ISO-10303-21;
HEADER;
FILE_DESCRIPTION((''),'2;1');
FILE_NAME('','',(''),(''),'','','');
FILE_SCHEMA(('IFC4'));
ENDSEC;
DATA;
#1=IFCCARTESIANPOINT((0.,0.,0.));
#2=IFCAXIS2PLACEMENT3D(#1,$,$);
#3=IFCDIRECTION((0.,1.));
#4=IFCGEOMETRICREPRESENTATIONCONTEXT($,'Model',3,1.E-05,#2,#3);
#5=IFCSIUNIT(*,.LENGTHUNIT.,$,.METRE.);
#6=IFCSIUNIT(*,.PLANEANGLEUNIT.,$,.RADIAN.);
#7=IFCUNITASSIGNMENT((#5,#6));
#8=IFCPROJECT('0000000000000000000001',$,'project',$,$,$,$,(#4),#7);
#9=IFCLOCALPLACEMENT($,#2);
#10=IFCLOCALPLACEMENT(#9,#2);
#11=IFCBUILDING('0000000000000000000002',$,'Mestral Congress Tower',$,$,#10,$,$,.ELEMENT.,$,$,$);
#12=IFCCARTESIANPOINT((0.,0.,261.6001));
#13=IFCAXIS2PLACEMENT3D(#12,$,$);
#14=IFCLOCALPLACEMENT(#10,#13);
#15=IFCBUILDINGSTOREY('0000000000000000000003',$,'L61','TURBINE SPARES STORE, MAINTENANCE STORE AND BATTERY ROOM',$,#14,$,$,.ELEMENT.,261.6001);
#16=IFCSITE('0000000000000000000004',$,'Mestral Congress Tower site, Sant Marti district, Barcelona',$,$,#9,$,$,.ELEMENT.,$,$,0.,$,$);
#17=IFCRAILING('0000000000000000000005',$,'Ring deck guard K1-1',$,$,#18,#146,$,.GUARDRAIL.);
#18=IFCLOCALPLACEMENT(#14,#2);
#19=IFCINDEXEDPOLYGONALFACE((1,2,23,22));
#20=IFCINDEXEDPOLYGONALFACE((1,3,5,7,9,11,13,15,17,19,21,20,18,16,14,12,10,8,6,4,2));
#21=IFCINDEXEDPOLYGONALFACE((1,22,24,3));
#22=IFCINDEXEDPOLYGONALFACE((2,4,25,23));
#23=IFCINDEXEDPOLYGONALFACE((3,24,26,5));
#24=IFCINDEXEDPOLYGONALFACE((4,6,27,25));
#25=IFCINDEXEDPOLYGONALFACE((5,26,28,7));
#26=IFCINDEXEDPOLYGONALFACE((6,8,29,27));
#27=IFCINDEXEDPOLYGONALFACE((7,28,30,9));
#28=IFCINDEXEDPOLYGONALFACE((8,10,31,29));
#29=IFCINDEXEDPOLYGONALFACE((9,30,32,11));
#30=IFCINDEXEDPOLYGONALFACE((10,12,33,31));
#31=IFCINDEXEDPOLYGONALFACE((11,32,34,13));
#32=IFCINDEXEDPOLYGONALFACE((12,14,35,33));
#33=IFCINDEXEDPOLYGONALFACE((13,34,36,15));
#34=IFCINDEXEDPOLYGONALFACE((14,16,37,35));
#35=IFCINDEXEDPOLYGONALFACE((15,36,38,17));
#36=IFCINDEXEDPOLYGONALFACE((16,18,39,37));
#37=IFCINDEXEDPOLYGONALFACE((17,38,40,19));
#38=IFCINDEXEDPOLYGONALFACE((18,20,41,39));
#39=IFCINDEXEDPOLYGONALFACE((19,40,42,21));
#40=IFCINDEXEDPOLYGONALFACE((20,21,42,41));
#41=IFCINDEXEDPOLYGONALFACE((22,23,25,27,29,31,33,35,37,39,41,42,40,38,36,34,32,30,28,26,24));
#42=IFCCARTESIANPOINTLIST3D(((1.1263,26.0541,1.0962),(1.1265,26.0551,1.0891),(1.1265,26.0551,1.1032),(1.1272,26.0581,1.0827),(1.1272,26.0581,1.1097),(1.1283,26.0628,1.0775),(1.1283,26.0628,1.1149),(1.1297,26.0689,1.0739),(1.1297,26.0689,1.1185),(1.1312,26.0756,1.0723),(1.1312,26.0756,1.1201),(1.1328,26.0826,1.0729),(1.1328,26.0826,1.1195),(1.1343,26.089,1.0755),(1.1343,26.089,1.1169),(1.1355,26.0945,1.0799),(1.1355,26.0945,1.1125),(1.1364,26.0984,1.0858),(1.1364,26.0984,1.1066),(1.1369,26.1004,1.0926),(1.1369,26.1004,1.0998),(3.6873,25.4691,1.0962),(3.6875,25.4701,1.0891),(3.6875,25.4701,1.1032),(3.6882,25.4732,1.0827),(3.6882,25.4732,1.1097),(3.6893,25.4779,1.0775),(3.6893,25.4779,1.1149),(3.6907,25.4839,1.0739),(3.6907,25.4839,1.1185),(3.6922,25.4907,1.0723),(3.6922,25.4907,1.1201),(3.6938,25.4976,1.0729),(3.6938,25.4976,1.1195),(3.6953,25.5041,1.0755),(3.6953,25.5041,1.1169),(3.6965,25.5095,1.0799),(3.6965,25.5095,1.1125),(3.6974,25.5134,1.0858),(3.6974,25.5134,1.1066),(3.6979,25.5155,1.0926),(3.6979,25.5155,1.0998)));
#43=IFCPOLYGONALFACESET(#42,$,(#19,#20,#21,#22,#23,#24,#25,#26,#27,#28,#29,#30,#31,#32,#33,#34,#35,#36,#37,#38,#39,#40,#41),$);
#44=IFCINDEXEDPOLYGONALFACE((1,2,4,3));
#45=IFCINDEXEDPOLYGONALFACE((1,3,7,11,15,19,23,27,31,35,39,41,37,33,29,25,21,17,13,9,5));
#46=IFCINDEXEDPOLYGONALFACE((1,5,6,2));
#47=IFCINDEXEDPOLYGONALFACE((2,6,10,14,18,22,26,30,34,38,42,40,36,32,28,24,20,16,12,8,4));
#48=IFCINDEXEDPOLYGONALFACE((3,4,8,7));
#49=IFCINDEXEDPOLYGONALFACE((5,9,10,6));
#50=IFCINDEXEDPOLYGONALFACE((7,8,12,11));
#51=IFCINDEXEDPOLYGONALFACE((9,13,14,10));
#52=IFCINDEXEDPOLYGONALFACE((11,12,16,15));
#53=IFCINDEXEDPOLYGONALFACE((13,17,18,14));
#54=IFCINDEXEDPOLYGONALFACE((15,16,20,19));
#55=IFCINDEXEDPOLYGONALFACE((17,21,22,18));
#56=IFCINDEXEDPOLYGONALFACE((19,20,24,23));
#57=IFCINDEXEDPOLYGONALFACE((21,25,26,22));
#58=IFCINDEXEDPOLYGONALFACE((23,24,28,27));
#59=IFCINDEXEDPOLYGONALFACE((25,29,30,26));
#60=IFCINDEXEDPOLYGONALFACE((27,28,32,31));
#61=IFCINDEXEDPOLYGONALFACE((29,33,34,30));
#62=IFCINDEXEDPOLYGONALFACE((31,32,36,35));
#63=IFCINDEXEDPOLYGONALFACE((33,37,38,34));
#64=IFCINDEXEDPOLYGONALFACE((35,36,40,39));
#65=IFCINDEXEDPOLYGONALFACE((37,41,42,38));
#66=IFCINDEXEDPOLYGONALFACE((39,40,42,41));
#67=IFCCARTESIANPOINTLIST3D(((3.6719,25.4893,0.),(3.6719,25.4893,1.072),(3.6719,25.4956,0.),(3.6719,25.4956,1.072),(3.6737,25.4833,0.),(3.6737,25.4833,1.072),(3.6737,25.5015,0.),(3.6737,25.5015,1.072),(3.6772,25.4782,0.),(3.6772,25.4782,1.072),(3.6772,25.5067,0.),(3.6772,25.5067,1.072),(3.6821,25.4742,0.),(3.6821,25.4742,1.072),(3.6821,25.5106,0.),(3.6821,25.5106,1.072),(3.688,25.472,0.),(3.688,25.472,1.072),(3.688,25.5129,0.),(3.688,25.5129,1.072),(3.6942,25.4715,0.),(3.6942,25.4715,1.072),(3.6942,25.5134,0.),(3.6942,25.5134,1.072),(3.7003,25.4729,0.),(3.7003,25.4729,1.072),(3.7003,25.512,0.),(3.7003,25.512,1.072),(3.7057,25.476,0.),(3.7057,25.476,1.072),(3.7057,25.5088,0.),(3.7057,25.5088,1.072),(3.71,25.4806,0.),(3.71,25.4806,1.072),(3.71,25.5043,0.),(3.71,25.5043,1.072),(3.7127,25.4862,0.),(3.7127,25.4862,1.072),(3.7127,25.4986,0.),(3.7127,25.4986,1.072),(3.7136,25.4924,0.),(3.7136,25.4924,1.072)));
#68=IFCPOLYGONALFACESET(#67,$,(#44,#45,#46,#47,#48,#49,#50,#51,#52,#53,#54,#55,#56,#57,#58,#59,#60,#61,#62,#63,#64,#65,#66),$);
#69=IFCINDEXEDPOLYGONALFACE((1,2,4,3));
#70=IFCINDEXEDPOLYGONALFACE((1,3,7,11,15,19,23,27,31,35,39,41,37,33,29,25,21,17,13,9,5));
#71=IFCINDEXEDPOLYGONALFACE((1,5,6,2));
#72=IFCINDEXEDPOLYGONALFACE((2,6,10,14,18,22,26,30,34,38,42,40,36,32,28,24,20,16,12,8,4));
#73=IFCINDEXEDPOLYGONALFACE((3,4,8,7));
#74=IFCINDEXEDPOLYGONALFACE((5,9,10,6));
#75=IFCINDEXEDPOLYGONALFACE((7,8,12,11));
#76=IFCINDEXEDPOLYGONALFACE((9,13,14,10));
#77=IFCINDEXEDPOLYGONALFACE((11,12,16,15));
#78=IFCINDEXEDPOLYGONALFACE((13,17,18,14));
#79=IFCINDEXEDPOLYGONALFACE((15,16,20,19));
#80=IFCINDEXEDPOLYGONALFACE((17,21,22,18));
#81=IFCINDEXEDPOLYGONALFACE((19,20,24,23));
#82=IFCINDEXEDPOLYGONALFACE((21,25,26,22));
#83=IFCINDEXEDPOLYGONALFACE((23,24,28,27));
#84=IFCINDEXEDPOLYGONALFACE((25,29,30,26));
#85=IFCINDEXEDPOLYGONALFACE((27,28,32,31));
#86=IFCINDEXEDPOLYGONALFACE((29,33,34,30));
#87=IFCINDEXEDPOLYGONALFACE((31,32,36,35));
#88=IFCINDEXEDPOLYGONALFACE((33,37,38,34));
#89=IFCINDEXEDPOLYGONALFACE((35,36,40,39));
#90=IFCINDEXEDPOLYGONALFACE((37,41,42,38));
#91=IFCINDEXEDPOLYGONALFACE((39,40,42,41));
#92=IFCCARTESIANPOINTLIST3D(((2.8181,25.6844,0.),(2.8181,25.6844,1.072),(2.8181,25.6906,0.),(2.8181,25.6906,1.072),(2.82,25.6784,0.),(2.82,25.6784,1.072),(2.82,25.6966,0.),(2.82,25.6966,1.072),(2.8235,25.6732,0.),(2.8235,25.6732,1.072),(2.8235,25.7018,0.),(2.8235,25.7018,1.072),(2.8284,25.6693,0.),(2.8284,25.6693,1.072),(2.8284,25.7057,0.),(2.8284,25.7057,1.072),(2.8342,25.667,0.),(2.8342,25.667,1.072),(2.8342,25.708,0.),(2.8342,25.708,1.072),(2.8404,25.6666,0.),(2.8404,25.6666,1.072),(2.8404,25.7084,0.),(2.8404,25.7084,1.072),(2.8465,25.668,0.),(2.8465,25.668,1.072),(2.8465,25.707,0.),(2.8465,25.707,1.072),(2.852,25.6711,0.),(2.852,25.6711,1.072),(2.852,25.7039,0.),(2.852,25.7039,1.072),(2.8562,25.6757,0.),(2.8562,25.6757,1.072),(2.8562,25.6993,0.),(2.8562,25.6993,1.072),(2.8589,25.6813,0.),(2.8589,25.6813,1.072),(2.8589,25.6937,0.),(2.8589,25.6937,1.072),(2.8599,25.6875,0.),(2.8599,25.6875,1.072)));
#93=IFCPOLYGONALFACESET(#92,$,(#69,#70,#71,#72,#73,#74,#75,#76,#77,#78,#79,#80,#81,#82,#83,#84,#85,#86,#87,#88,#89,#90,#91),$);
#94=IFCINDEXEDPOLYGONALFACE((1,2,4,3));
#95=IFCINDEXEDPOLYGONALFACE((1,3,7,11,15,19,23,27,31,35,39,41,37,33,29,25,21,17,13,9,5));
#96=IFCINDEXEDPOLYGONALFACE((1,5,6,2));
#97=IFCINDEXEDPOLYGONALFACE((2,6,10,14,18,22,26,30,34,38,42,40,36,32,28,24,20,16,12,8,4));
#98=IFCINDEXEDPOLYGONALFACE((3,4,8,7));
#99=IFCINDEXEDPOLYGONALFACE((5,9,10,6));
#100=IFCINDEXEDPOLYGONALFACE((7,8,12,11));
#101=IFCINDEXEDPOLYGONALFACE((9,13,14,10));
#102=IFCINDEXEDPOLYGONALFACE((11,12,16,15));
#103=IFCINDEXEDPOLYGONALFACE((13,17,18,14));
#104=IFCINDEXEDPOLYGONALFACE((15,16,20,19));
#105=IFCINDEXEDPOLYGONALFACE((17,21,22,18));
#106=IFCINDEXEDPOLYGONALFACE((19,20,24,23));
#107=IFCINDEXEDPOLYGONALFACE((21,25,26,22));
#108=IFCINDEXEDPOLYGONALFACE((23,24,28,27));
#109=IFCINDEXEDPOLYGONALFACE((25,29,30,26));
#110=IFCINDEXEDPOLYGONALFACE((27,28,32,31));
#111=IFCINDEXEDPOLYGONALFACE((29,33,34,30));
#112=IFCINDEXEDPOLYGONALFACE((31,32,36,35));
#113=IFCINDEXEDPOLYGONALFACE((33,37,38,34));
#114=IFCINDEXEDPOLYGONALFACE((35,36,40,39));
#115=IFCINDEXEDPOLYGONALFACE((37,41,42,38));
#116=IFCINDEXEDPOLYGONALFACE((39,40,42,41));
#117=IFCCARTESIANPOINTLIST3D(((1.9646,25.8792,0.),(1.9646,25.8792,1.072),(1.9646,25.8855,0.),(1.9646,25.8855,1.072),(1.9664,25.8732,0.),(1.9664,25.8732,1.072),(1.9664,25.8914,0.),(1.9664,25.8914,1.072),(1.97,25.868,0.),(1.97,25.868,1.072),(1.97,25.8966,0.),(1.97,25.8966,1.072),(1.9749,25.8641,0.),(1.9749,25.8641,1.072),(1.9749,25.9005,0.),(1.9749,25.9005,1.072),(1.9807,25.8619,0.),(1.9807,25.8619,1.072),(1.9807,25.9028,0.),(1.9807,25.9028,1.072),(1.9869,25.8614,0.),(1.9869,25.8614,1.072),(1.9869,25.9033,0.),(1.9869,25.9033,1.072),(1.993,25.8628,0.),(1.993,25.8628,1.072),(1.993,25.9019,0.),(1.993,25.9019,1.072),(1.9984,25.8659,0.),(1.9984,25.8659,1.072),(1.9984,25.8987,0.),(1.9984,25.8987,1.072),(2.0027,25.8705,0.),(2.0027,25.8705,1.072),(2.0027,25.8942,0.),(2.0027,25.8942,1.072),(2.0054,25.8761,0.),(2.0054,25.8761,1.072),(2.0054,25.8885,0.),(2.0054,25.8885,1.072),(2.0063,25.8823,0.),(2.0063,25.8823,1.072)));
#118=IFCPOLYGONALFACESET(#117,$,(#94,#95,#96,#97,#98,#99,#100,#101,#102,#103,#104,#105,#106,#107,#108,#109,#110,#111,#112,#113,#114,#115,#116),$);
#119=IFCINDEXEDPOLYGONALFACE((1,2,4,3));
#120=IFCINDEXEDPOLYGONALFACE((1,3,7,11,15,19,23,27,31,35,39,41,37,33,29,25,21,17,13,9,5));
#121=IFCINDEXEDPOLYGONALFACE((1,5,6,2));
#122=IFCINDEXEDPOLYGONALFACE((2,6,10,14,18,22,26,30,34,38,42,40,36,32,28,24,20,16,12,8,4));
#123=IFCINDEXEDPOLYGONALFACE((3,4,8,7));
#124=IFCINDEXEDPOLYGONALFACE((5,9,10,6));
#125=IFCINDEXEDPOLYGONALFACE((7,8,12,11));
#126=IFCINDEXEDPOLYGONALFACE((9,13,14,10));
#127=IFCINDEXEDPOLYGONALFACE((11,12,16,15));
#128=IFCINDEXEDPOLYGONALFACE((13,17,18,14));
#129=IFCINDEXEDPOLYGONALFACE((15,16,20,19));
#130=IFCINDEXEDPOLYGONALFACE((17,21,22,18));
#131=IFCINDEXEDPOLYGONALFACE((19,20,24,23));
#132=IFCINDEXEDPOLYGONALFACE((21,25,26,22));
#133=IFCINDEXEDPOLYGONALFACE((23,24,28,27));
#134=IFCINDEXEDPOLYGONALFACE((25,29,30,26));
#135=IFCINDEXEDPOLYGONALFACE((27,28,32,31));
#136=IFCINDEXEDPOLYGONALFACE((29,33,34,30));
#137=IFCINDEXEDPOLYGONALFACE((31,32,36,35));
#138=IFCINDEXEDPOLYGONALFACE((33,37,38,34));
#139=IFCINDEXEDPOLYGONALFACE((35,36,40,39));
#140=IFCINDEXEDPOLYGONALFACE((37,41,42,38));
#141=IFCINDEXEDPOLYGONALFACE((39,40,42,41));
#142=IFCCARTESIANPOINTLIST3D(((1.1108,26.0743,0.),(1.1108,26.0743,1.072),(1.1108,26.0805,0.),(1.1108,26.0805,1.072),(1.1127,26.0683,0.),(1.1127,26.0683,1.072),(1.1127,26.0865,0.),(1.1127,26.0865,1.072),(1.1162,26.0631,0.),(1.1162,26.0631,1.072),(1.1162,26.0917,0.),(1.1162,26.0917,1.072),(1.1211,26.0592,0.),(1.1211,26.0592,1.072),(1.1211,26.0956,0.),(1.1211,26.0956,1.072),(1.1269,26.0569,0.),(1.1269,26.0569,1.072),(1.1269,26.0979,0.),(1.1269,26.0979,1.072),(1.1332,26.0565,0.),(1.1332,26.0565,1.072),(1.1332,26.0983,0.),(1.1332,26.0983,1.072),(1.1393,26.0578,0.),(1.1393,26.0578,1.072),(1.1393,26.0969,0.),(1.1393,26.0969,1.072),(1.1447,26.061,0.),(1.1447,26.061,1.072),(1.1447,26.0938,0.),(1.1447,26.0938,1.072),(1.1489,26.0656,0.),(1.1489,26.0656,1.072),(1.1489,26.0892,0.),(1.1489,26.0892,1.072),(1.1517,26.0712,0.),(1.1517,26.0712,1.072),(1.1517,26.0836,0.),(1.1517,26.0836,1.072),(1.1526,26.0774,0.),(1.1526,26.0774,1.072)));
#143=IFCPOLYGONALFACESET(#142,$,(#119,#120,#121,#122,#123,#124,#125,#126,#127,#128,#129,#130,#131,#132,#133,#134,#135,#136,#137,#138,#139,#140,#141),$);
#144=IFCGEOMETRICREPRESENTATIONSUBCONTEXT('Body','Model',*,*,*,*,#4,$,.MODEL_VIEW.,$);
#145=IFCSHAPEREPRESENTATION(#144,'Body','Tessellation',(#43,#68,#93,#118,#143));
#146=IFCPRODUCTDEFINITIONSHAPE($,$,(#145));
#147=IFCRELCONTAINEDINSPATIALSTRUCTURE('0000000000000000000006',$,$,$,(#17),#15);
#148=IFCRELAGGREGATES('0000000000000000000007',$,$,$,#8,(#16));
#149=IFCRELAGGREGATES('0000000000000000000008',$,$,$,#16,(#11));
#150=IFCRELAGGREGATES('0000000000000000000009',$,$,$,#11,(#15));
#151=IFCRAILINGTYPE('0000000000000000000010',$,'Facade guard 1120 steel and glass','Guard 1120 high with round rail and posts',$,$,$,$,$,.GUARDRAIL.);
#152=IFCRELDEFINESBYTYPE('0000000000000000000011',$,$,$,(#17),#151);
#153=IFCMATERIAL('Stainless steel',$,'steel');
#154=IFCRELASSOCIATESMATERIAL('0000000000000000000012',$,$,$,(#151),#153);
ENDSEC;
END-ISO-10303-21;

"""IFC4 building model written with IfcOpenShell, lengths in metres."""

from ifc_helpers import new_model, si_unit, direction, frame, origin, origin_2d, place, context, subcontext, project, spatial, circle, extrude, material, type_object, element, save


model = new_model("IFC4")

# Units and contexts
model_context = context("Model", 3, precision=1e-05, world=origin(), true_north=direction((0.0, 1.0)))
body_context = subcontext(model_context, "Body", "Model", "MODEL_VIEW")
ifc_project = project(units=[si_unit("LENGTHUNIT", "METRE"), si_unit("PLANEANGLEUNIT", "RADIAN")], contexts=[model_context])

# Site, building, storey
site_placement = place(None, origin())
site = spatial("IfcSite", under=ifc_project, at=site_placement, Name="Mestral Congress Tower site, Sant Marti district, Barcelona", CompositionType="ELEMENT", RefElevation=0.0)
building_placement = place(site_placement, origin())
building = spatial("IfcBuilding", under=site, at=building_placement, Name="Mestral Congress Tower", CompositionType="ELEMENT")
storey_placement = place(building_placement, frame((0.0, 0.0, 261.6001)))
storey = spatial("IfcBuildingStorey", under=building, at=storey_placement, Name="L61", Description="TURBINE SPARES STORE, MAINTENANCE STORE AND BATTERY ROOM", CompositionType="ELEMENT", Elevation=261.6001)

# Railing
ifc_material_1 = material(Name="Stainless steel", Category="steel")
railing_type = type_object("IfcRailingType", Name="Facade guard 1120 steel and glass", Description="Guard 1120 high with round rail and posts", PredefinedType="GUARDRAIL", material=ifc_material_1)
railing_1_placement = place(storey_placement, frame((3.6926, 25.4924, 0.0)))
element("IfcRailing", 1, at=railing_1_placement, inside=storey, type_object=railing_type, Name="Ring deck guard K1-1", PredefinedType="GUARDRAIL", context=body_context, shape_type="SweptSolid", body=[
    extrude(circle(Radius=0.0239, at=origin_2d()), frame((0.0, 0.0, 1.0962), z_axis=(-0.974893, 0.222673, 0.0), x_axis=(-0.222673, -0.974893, 0.0)), (0.0, 0.0, 1.0), 2.627),
    extrude(circle(Radius=0.021, at=origin_2d()), origin(), (0.0, 0.0, 1.0), 1.072),
    extrude(circle(Radius=0.021, at=origin_2d()), frame((-0.8538, 0.1951, 0.0)), (0.0, 0.0, 1.0), 1.072),
    extrude(circle(Radius=0.021, at=origin_2d()), frame((-1.7073, 0.3899, 0.0)), (0.0, 0.0, 1.0), 1.072),
    extrude(circle(Radius=0.021, at=origin_2d()), frame((-2.561, 0.585, 0.0)), (0.0, 0.0, 1.0), 1.072),
])

save(model, "model.ifc")
